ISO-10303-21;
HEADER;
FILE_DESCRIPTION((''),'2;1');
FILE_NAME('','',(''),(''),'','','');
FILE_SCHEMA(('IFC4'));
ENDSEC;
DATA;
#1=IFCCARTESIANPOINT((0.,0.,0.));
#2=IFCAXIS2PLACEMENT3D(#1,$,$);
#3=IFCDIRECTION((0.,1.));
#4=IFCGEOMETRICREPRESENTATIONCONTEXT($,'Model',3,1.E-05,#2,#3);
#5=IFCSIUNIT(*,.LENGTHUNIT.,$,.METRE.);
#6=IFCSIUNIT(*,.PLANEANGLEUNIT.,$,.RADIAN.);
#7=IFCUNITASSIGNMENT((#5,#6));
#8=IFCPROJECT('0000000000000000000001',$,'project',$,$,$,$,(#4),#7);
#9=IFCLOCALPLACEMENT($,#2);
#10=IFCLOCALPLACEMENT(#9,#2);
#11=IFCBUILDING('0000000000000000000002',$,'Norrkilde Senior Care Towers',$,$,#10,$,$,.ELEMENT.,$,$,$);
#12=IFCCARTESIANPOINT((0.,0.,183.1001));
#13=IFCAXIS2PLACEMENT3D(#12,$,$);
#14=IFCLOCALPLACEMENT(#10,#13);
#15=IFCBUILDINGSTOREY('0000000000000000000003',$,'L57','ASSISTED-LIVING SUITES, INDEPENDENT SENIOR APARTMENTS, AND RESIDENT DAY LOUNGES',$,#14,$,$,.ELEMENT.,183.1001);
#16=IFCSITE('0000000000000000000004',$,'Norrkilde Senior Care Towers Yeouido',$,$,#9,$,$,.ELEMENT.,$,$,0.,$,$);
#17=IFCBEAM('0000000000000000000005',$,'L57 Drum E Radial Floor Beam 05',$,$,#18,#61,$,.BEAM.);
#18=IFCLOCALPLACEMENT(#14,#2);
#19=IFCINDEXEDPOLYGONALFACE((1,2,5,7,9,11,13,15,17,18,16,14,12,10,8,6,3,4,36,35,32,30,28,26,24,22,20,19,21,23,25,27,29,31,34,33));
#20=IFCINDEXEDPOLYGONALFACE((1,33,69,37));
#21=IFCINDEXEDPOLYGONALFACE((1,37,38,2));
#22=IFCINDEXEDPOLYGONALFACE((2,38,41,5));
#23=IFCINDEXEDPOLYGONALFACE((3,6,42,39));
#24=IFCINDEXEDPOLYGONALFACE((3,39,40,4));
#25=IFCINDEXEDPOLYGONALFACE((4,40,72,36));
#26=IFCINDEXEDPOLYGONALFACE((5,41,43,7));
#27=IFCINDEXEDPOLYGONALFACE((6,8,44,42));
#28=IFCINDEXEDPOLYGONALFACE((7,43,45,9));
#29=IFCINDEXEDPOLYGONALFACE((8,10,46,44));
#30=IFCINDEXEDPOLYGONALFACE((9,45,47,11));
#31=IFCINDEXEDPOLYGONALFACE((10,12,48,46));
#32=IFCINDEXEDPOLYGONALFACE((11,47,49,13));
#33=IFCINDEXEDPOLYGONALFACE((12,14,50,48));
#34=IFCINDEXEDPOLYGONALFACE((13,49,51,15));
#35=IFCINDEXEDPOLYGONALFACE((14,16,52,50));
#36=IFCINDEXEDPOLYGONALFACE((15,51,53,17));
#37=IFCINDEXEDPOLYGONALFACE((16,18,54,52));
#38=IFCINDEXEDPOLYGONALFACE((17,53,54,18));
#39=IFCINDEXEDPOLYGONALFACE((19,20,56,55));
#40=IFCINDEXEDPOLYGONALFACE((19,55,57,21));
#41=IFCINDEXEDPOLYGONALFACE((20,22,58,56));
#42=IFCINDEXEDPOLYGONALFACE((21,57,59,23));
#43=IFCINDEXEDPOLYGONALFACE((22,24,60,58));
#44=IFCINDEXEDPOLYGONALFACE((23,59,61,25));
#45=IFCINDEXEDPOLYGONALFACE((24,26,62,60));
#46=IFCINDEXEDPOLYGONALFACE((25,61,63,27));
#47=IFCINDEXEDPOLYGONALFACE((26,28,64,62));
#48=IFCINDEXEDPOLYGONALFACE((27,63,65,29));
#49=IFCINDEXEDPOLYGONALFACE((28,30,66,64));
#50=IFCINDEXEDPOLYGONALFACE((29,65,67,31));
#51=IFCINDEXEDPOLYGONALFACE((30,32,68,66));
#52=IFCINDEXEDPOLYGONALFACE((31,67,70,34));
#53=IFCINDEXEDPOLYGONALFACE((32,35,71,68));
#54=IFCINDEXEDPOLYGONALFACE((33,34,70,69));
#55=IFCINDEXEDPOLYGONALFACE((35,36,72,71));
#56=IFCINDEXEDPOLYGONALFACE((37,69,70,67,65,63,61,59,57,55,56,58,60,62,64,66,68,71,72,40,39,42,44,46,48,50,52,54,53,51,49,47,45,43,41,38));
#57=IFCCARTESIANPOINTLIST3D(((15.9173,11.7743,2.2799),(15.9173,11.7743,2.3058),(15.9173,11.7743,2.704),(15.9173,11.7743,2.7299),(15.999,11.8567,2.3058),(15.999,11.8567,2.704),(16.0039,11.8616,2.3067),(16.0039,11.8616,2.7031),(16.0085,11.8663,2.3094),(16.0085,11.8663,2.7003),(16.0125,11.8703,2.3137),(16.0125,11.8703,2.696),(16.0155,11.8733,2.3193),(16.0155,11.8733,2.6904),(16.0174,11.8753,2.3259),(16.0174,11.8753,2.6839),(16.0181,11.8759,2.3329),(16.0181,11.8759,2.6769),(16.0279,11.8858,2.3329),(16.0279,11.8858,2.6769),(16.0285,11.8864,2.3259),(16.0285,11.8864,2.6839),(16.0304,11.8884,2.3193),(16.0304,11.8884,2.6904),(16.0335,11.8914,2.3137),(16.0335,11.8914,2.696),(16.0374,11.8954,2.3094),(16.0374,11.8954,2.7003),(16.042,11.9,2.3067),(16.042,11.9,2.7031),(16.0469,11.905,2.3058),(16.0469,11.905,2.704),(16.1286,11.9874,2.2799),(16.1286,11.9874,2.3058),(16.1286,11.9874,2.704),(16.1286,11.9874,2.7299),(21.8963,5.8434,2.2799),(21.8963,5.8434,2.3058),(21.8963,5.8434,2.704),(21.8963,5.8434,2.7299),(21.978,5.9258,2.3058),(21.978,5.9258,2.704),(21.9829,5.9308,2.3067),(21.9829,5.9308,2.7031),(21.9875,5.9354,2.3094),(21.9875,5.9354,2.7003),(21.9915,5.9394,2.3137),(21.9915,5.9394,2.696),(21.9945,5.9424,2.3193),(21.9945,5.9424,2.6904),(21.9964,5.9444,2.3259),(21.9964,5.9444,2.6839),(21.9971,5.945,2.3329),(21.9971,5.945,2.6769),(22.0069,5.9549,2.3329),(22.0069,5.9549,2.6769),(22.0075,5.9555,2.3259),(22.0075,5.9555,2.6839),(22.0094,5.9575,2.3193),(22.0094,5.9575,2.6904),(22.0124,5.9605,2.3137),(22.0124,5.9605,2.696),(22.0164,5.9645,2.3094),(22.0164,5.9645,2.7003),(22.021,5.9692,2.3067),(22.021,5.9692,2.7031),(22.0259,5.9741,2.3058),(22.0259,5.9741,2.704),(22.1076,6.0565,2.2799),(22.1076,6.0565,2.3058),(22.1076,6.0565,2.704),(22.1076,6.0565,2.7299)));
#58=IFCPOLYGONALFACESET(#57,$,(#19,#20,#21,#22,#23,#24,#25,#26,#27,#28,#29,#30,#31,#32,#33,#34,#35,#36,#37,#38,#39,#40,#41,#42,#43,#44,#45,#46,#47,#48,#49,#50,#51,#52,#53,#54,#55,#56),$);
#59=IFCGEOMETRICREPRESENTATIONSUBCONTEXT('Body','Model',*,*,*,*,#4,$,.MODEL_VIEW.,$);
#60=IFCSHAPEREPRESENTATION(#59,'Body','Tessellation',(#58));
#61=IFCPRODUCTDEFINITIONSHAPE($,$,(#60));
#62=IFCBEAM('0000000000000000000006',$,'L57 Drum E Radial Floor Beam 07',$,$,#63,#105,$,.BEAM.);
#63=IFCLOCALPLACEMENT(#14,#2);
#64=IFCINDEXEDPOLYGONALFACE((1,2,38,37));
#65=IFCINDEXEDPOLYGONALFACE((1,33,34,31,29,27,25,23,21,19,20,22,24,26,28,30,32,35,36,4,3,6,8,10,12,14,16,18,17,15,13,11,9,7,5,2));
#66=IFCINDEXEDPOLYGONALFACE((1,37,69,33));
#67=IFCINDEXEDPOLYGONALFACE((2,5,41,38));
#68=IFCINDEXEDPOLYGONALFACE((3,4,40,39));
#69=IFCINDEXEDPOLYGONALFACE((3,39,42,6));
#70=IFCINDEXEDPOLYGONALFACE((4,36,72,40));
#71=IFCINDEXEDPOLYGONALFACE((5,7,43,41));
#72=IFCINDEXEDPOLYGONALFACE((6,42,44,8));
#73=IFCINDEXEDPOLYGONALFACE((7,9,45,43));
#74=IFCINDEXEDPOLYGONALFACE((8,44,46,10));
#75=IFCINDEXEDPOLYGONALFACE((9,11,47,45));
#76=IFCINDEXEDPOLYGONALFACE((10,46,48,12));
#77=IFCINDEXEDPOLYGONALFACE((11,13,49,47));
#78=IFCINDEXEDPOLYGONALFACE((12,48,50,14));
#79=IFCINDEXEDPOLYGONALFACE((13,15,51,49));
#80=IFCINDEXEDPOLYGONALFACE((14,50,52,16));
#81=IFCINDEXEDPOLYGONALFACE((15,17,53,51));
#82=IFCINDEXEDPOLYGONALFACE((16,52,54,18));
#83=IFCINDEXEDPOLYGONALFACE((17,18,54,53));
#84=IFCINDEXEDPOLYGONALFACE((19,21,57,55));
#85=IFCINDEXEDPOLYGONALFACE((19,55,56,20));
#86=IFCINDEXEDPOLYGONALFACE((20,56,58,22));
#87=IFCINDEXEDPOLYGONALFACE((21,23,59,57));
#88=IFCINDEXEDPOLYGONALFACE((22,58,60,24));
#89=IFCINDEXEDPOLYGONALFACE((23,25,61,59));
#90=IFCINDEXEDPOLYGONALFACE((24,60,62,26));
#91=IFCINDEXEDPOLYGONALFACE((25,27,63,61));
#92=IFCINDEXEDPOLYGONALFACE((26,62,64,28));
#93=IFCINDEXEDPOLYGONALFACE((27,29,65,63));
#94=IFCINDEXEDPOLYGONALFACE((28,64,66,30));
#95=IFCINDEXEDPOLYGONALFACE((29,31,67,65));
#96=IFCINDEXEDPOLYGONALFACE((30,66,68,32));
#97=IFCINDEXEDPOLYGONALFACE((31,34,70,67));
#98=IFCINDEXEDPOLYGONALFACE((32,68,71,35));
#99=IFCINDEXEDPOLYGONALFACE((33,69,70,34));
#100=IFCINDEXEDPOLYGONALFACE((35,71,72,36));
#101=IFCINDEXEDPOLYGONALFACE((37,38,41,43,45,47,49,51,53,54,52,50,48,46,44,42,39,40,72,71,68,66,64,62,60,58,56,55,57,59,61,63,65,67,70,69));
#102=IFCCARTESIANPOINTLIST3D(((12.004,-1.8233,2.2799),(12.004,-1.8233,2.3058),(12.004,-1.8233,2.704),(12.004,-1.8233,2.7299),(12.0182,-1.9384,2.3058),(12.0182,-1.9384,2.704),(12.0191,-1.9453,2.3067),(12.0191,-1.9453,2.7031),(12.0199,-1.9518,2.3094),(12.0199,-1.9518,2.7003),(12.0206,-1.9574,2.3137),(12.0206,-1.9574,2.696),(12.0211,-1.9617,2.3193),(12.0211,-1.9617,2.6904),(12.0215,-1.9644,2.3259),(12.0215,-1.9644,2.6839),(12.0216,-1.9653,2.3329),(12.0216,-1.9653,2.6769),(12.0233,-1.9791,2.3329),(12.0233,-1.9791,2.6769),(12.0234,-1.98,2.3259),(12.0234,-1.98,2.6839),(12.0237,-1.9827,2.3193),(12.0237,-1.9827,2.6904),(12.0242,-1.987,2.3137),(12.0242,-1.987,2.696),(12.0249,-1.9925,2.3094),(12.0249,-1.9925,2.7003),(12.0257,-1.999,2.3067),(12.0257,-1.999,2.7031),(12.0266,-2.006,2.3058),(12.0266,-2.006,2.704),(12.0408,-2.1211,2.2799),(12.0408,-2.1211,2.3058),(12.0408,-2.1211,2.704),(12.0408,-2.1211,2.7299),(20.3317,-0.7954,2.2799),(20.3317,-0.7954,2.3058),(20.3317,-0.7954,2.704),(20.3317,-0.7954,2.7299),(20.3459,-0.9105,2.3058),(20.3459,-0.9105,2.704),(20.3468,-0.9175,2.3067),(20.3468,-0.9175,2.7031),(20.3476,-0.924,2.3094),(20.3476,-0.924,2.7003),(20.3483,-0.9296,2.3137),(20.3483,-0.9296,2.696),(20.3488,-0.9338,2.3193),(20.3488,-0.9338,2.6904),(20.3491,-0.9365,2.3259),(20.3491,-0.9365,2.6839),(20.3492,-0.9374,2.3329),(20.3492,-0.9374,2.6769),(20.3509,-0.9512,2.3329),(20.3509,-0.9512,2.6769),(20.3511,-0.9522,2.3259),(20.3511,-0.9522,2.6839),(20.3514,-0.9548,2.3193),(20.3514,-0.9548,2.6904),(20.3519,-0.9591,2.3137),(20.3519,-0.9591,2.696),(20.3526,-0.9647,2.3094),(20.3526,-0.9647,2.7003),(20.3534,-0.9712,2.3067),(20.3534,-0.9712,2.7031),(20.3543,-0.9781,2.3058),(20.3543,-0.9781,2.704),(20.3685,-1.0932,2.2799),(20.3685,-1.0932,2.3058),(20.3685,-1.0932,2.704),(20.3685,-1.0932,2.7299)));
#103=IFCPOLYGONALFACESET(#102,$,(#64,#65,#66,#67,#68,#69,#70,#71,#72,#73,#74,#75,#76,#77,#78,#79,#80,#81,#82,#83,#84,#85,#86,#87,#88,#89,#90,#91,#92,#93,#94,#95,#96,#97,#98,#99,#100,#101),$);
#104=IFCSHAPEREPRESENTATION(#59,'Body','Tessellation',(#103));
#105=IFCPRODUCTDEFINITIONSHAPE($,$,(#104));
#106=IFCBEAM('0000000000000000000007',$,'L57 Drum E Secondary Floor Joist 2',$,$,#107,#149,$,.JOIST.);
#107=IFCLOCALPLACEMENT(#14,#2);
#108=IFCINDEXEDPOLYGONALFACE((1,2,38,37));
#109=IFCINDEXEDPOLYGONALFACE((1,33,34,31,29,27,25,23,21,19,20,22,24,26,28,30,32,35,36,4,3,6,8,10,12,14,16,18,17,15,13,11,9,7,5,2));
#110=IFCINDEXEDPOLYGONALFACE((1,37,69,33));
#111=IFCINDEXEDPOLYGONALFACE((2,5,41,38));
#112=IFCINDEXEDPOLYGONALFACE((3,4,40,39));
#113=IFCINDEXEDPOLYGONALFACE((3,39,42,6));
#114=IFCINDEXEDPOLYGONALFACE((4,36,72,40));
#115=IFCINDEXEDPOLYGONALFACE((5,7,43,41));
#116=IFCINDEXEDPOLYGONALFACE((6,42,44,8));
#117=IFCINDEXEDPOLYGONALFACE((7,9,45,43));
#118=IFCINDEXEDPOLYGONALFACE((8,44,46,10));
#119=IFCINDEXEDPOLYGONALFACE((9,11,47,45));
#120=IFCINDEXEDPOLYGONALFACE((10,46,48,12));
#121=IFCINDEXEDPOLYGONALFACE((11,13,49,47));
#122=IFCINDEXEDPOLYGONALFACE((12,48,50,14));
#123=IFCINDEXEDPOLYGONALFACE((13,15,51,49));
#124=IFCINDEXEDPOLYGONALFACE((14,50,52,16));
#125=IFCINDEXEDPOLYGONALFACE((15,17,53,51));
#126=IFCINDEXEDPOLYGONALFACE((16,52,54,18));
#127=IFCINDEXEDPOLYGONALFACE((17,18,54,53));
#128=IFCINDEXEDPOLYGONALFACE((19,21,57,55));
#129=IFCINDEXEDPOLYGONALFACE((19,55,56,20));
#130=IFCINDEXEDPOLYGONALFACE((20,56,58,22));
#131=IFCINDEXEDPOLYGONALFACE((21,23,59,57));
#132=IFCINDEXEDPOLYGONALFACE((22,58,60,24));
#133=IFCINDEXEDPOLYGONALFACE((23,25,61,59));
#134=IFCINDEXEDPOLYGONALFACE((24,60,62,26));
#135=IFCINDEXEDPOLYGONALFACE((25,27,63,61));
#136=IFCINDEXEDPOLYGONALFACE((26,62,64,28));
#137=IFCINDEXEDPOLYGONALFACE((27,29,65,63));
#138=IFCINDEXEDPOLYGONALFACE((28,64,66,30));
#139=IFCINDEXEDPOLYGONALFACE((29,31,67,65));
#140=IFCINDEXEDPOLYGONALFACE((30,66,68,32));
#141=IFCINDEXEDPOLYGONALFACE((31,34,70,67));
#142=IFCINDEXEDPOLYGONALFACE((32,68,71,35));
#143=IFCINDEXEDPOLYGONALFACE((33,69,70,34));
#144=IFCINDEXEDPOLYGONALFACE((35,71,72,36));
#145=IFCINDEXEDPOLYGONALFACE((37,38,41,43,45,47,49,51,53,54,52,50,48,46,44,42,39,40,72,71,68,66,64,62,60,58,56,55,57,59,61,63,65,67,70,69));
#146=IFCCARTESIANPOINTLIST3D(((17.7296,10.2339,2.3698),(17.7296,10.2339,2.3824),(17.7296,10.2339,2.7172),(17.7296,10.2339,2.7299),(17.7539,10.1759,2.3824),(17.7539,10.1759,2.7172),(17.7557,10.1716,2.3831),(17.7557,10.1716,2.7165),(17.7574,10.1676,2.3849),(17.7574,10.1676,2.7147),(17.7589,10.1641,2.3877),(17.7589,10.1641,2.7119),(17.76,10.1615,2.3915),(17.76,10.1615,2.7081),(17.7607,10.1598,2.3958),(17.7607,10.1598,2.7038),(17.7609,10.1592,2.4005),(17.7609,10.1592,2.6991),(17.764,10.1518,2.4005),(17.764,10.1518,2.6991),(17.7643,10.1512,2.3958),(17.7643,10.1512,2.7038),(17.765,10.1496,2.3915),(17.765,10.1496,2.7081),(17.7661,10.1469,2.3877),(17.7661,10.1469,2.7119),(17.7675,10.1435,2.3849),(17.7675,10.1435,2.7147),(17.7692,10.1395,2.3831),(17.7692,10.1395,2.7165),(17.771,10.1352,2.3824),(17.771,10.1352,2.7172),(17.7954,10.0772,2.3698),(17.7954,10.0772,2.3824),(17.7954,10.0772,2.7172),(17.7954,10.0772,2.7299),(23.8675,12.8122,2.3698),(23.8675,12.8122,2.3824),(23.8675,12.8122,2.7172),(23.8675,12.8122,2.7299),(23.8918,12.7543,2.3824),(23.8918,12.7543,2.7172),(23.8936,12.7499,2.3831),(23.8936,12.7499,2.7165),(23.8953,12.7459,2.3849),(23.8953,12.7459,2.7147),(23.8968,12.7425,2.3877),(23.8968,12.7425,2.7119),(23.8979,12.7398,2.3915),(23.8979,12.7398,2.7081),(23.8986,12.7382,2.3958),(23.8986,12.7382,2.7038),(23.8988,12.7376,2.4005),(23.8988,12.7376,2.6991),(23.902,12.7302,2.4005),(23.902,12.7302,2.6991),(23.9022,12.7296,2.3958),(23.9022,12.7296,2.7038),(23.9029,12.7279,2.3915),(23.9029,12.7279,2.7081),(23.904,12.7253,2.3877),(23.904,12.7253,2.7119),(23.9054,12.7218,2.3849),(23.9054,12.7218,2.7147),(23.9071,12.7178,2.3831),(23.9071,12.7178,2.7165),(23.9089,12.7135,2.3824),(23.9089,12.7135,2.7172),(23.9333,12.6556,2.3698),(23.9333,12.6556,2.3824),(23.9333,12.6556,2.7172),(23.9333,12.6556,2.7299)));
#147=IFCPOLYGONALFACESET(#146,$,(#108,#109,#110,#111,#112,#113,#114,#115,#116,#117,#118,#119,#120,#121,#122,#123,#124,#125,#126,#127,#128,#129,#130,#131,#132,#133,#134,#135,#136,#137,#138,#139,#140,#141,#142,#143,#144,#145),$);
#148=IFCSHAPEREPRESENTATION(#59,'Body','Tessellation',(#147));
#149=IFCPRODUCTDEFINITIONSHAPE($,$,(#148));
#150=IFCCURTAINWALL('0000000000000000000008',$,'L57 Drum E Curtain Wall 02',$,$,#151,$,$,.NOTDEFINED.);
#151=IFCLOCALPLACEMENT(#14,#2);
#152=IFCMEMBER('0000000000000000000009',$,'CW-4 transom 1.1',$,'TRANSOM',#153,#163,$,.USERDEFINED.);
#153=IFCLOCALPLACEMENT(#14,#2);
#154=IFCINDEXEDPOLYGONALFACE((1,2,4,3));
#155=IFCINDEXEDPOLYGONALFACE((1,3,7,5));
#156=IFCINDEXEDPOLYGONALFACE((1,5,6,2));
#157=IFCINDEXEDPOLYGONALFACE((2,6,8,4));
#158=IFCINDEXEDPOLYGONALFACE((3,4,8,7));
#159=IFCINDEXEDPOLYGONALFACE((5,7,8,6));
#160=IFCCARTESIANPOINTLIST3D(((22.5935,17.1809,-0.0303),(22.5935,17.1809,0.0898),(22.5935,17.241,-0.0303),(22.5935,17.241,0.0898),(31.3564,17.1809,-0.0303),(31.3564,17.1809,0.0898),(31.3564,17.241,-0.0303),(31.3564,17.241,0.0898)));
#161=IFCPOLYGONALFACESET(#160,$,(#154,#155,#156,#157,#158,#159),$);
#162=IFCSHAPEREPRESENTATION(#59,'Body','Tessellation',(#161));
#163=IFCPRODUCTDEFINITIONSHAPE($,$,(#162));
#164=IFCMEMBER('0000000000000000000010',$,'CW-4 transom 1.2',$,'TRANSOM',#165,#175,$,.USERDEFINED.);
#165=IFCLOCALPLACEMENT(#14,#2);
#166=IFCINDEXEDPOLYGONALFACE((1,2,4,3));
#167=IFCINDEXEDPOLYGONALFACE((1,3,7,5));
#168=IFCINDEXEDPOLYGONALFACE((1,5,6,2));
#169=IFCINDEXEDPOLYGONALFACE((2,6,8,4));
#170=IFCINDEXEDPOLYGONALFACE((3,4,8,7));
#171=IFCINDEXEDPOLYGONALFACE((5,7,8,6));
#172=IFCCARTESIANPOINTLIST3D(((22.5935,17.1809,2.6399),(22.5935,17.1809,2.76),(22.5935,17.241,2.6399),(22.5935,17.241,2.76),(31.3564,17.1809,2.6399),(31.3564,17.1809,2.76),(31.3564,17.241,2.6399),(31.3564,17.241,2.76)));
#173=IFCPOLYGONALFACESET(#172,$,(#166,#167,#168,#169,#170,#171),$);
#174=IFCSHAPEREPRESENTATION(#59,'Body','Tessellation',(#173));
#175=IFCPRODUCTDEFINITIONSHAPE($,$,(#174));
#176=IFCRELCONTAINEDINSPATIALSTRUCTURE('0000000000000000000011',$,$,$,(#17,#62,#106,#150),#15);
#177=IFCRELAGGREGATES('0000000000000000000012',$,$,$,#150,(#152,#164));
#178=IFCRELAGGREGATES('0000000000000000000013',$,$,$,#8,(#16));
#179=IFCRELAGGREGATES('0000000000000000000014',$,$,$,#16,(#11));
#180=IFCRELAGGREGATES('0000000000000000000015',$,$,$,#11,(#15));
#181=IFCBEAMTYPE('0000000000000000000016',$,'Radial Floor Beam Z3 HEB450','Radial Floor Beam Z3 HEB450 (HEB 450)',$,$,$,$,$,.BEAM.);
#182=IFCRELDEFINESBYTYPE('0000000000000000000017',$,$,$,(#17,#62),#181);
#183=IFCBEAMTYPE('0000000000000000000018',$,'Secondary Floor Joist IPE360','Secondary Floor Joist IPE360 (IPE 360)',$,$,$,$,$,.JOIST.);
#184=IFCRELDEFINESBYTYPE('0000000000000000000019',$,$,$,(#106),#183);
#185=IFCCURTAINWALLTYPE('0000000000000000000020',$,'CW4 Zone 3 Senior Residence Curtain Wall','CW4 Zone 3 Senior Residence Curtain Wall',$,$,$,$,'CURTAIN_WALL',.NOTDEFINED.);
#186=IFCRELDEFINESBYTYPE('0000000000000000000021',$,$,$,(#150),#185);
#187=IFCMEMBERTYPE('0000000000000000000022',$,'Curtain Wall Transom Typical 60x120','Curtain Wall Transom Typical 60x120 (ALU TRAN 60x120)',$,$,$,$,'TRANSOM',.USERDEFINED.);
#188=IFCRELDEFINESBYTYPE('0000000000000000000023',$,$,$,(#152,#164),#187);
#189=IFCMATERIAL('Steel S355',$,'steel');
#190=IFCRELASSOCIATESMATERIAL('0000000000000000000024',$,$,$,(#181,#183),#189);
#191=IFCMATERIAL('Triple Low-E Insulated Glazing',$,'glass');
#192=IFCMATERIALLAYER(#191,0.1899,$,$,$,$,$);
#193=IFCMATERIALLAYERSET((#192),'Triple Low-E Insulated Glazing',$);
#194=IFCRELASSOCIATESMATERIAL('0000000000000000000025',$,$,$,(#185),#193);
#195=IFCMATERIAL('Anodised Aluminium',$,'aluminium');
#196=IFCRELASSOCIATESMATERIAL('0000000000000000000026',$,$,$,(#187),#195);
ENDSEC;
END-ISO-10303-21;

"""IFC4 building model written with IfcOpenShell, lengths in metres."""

from ifc_helpers import new_model, si_unit, direction, frame, origin, origin_2d, place, context, subcontext, project, spatial, rectangle, i_section, extrude, source, transform, mapped, material, layer, layer_set, material_profile, profile_set, type_object, type_shapes, element, aggregate, save


model = new_model("IFC4")

# Units and contexts
model_context = context("Model", 3, precision=1e-05, world=origin(), true_north=direction((0.0, 1.0)))
body_context = subcontext(model_context, "Body", "Model", "MODEL_VIEW")
ifc_project = project(units=[si_unit("LENGTHUNIT", "METRE"), si_unit("PLANEANGLEUNIT", "RADIAN")], contexts=[model_context])

# Site, building, storey
site_placement = place(None, origin())
site = spatial("IfcSite", under=ifc_project, at=site_placement, Name="Norrkilde Senior Care Towers Yeouido", CompositionType="ELEMENT", RefElevation=0.0)
building_placement = place(site_placement, origin())
building = spatial("IfcBuilding", under=site, at=building_placement, Name="Norrkilde Senior Care Towers", CompositionType="ELEMENT")
storey_placement = place(building_placement, frame((0.0, 0.0, 183.1001)))
storey = spatial("IfcBuildingStorey", under=building, at=storey_placement, Name="L57", Description="ASSISTED-LIVING SUITES, INDEPENDENT SENIOR APARTMENTS, AND RESIDENT DAY LOUNGES", CompositionType="ELEMENT", Elevation=183.1001)

# Beams
ifc_material_1 = material(Name="Steel S355", Category="steel")
ifc_material_profile_1 = material_profile(ifc_material_1, i_section(OverallWidth=0.3, OverallDepth=0.45, WebThickness=0.0139, FlangeThickness=0.0259, FilletRadius=0.0271, at=origin_2d()), Name="HEB 450")
ifc_profile_set_1 = profile_set([ifc_material_profile_1], Name="Steel S355")
beam_type_1 = type_object("IfcBeamType", Name="Radial Floor Beam Z3 HEB450", Description="Radial Floor Beam Z3 HEB450 (HEB 450)", PredefinedType="BEAM", material=ifc_profile_set_1)
shared_shape_1 = source(origin(), body_context, "Body", "SweptSolid", [
    extrude(i_section(OverallWidth=0.3, OverallDepth=0.45, WebThickness=0.0139, FlangeThickness=0.0259, FilletRadius=0.0271, at=origin_2d()), origin(), (0.0, 0.0, 1.0), 8.4216),
])
beam_1_placement = place(storey_placement, frame((22.002, 5.95, 2.5049), z_axis=(-0.709956, 0.704246, 0.0), x_axis=(-0.704246, -0.709956, 0.0)))
element("IfcBeam", 1, at=beam_1_placement, inside=storey, type_object=beam_type_1, Name="L57 Drum E Radial Floor Beam 05", PredefinedType="BEAM", context=body_context, shape_type="MappedRepresentation", body=[
    mapped(shared_shape_1, transform((0.0, 0.0, 0.0), x_axis=(1.0, 0.0, 0.0), y_axis=(0.0, 1.0, 0.0), z_axis=(0.0, 0.0, 1.0), scale=1.0)),
])
shared_shape_2 = source(origin(), body_context, "Body", "SweptSolid", [
    extrude(i_section(OverallWidth=0.3, OverallDepth=0.45, WebThickness=0.0139, FlangeThickness=0.0259, FilletRadius=0.0271, at=origin_2d()), origin(), (0.0, 0.0, 1.0), 8.3909),
])
beam_2_placement = place(storey_placement, frame((20.3501, -0.9443, 2.5049), z_axis=(-0.992469, -0.122495, 0.0), x_axis=(0.122495, -0.992469, 0.0)))
element("IfcBeam", 2, at=beam_2_placement, inside=storey, type_object=beam_type_1, Name="L57 Drum E Radial Floor Beam 07", PredefinedType="BEAM", context=body_context, shape_type="MappedRepresentation", body=[
    mapped(shared_shape_2, transform((0.0, 0.0, 0.0), x_axis=(1.0, 0.0, 0.0), y_axis=(0.0, 1.0, 0.0), z_axis=(0.0, 0.0, 1.0), scale=1.0)),
])
ifc_material_profile_2 = material_profile(ifc_material_1, i_section(OverallWidth=0.1699, OverallDepth=0.3601, WebThickness=0.0081, FlangeThickness=0.0127, FilletRadius=0.0181, at=origin_2d()), Name="IPE 360")
ifc_profile_set_2 = profile_set([ifc_material_profile_2], Name="Steel S355")
beam_type_2 = type_object("IfcBeamType", Name="Secondary Floor Joist IPE360", Description="Secondary Floor Joist IPE360 (IPE 360)", PredefinedType="JOIST", material=ifc_profile_set_2)
shared_shape_3 = source(origin(), body_context, "Body", "SweptSolid", [
    extrude(i_section(OverallWidth=0.1699, OverallDepth=0.3601, WebThickness=0.0081, FlangeThickness=0.0127, FilletRadius=0.0181, at=origin_2d()), origin(), (0.0, 0.0, 1.0), 6.6575),
])
type_shapes(beam_type_2, [shared_shape_3])
beam_3_placement = place(storey_placement, frame((23.9004, 12.7339, 2.5498), z_axis=(-0.921959, -0.387288, 0.0), x_axis=(0.387288, -0.921959, 0.0)))
element("IfcBeam", 3, at=beam_3_placement, inside=storey, type_object=beam_type_2, Name="L57 Drum E Secondary Floor Joist 2", PredefinedType="JOIST", context=body_context, shape_type="MappedRepresentation", body=[
    mapped(shared_shape_3, transform((0.0, 0.0, 0.0), x_axis=(1.0, 0.0, 0.0), y_axis=(0.0, 1.0, 0.0), z_axis=(0.0, 0.0, 1.0), scale=1.0)),
])

# Curtain wall, members
ifc_material_2 = material(Name="Triple Low-E Insulated Glazing", Category="glass")
ifc_layer_1 = layer(ifc_material_2, 0.1899)
ifc_layer_set_1 = layer_set([ifc_layer_1], Name="Triple Low-E Insulated Glazing")
curtain_wall_type = type_object("IfcCurtainWallType", Name="CW4 Zone 3 Senior Residence Curtain Wall", Description="CW4 Zone 3 Senior Residence Curtain Wall", ElementType="CURTAIN_WALL", PredefinedType="NOTDEFINED", material=ifc_layer_set_1)
curtain_wall_1_placement = place(storey_placement, origin())
curtain_wall_1 = element("IfcCurtainWall", 4, at=curtain_wall_1_placement, inside=storey, type_object=curtain_wall_type, Name="L57 Drum E Curtain Wall 02", PredefinedType="NOTDEFINED")
ifc_material_3 = material(Name="Anodised Aluminium", Category="aluminium")
ifc_material_profile_3 = material_profile(ifc_material_3, rectangle(XDim=0.0601, YDim=0.1201, at=origin_2d()), Name="ALU TRAN 60x120")
ifc_profile_set_3 = profile_set([ifc_material_profile_3], Name="Anodised Aluminium")
member_type_1 = type_object("IfcMemberType", Name="Curtain Wall Transom Typical 60x120", Description="Curtain Wall Transom Typical 60x120 (ALU TRAN 60x120)", ElementType="TRANSOM", PredefinedType="USERDEFINED", material=ifc_profile_set_3)
shared_shape_4 = source(origin(), body_context, "Body", "SweptSolid", [
    extrude(rectangle(XDim=0.0601, YDim=0.1201, at=origin_2d()), origin(), (0.0, 0.0, 1.0), 8.7629),
])
type_shapes(member_type_1, [shared_shape_4])
member_1_placement = place(storey_placement, frame((22.5935, 17.2109, 0.0298), z_axis=(1.0, 0.0, 0.0), x_axis=(0.0, 1.0, 0.0)))
member_1 = element("IfcMember", 5, at=member_1_placement, type_object=member_type_1, Name="CW-4 transom 1.1", ObjectType="TRANSOM", PredefinedType="USERDEFINED", context=body_context, shape_type="MappedRepresentation", body=[
    mapped(shared_shape_4, transform((0.0, 0.0, 0.0), x_axis=(1.0, 0.0, 0.0), y_axis=(0.0, 1.0, 0.0), z_axis=(0.0, 0.0, 1.0), scale=1.0)),
])
member_2_placement = place(storey_placement, frame((22.5935, 17.2109, 2.7), z_axis=(1.0, 0.0, 0.0), x_axis=(0.0, 1.0, 0.0)))
member_2 = element("IfcMember", 6, at=member_2_placement, type_object=member_type_1, Name="CW-4 transom 1.2", ObjectType="TRANSOM", PredefinedType="USERDEFINED", context=body_context, shape_type="MappedRepresentation", body=[
    mapped(shared_shape_4, transform((0.0, 0.0, 0.0), x_axis=(1.0, 0.0, 0.0), y_axis=(0.0, 1.0, 0.0), z_axis=(0.0, 0.0, 1.0), scale=1.0)),
])
aggregate(curtain_wall_1, [member_1, member_2])

save(model, "model.ifc")
